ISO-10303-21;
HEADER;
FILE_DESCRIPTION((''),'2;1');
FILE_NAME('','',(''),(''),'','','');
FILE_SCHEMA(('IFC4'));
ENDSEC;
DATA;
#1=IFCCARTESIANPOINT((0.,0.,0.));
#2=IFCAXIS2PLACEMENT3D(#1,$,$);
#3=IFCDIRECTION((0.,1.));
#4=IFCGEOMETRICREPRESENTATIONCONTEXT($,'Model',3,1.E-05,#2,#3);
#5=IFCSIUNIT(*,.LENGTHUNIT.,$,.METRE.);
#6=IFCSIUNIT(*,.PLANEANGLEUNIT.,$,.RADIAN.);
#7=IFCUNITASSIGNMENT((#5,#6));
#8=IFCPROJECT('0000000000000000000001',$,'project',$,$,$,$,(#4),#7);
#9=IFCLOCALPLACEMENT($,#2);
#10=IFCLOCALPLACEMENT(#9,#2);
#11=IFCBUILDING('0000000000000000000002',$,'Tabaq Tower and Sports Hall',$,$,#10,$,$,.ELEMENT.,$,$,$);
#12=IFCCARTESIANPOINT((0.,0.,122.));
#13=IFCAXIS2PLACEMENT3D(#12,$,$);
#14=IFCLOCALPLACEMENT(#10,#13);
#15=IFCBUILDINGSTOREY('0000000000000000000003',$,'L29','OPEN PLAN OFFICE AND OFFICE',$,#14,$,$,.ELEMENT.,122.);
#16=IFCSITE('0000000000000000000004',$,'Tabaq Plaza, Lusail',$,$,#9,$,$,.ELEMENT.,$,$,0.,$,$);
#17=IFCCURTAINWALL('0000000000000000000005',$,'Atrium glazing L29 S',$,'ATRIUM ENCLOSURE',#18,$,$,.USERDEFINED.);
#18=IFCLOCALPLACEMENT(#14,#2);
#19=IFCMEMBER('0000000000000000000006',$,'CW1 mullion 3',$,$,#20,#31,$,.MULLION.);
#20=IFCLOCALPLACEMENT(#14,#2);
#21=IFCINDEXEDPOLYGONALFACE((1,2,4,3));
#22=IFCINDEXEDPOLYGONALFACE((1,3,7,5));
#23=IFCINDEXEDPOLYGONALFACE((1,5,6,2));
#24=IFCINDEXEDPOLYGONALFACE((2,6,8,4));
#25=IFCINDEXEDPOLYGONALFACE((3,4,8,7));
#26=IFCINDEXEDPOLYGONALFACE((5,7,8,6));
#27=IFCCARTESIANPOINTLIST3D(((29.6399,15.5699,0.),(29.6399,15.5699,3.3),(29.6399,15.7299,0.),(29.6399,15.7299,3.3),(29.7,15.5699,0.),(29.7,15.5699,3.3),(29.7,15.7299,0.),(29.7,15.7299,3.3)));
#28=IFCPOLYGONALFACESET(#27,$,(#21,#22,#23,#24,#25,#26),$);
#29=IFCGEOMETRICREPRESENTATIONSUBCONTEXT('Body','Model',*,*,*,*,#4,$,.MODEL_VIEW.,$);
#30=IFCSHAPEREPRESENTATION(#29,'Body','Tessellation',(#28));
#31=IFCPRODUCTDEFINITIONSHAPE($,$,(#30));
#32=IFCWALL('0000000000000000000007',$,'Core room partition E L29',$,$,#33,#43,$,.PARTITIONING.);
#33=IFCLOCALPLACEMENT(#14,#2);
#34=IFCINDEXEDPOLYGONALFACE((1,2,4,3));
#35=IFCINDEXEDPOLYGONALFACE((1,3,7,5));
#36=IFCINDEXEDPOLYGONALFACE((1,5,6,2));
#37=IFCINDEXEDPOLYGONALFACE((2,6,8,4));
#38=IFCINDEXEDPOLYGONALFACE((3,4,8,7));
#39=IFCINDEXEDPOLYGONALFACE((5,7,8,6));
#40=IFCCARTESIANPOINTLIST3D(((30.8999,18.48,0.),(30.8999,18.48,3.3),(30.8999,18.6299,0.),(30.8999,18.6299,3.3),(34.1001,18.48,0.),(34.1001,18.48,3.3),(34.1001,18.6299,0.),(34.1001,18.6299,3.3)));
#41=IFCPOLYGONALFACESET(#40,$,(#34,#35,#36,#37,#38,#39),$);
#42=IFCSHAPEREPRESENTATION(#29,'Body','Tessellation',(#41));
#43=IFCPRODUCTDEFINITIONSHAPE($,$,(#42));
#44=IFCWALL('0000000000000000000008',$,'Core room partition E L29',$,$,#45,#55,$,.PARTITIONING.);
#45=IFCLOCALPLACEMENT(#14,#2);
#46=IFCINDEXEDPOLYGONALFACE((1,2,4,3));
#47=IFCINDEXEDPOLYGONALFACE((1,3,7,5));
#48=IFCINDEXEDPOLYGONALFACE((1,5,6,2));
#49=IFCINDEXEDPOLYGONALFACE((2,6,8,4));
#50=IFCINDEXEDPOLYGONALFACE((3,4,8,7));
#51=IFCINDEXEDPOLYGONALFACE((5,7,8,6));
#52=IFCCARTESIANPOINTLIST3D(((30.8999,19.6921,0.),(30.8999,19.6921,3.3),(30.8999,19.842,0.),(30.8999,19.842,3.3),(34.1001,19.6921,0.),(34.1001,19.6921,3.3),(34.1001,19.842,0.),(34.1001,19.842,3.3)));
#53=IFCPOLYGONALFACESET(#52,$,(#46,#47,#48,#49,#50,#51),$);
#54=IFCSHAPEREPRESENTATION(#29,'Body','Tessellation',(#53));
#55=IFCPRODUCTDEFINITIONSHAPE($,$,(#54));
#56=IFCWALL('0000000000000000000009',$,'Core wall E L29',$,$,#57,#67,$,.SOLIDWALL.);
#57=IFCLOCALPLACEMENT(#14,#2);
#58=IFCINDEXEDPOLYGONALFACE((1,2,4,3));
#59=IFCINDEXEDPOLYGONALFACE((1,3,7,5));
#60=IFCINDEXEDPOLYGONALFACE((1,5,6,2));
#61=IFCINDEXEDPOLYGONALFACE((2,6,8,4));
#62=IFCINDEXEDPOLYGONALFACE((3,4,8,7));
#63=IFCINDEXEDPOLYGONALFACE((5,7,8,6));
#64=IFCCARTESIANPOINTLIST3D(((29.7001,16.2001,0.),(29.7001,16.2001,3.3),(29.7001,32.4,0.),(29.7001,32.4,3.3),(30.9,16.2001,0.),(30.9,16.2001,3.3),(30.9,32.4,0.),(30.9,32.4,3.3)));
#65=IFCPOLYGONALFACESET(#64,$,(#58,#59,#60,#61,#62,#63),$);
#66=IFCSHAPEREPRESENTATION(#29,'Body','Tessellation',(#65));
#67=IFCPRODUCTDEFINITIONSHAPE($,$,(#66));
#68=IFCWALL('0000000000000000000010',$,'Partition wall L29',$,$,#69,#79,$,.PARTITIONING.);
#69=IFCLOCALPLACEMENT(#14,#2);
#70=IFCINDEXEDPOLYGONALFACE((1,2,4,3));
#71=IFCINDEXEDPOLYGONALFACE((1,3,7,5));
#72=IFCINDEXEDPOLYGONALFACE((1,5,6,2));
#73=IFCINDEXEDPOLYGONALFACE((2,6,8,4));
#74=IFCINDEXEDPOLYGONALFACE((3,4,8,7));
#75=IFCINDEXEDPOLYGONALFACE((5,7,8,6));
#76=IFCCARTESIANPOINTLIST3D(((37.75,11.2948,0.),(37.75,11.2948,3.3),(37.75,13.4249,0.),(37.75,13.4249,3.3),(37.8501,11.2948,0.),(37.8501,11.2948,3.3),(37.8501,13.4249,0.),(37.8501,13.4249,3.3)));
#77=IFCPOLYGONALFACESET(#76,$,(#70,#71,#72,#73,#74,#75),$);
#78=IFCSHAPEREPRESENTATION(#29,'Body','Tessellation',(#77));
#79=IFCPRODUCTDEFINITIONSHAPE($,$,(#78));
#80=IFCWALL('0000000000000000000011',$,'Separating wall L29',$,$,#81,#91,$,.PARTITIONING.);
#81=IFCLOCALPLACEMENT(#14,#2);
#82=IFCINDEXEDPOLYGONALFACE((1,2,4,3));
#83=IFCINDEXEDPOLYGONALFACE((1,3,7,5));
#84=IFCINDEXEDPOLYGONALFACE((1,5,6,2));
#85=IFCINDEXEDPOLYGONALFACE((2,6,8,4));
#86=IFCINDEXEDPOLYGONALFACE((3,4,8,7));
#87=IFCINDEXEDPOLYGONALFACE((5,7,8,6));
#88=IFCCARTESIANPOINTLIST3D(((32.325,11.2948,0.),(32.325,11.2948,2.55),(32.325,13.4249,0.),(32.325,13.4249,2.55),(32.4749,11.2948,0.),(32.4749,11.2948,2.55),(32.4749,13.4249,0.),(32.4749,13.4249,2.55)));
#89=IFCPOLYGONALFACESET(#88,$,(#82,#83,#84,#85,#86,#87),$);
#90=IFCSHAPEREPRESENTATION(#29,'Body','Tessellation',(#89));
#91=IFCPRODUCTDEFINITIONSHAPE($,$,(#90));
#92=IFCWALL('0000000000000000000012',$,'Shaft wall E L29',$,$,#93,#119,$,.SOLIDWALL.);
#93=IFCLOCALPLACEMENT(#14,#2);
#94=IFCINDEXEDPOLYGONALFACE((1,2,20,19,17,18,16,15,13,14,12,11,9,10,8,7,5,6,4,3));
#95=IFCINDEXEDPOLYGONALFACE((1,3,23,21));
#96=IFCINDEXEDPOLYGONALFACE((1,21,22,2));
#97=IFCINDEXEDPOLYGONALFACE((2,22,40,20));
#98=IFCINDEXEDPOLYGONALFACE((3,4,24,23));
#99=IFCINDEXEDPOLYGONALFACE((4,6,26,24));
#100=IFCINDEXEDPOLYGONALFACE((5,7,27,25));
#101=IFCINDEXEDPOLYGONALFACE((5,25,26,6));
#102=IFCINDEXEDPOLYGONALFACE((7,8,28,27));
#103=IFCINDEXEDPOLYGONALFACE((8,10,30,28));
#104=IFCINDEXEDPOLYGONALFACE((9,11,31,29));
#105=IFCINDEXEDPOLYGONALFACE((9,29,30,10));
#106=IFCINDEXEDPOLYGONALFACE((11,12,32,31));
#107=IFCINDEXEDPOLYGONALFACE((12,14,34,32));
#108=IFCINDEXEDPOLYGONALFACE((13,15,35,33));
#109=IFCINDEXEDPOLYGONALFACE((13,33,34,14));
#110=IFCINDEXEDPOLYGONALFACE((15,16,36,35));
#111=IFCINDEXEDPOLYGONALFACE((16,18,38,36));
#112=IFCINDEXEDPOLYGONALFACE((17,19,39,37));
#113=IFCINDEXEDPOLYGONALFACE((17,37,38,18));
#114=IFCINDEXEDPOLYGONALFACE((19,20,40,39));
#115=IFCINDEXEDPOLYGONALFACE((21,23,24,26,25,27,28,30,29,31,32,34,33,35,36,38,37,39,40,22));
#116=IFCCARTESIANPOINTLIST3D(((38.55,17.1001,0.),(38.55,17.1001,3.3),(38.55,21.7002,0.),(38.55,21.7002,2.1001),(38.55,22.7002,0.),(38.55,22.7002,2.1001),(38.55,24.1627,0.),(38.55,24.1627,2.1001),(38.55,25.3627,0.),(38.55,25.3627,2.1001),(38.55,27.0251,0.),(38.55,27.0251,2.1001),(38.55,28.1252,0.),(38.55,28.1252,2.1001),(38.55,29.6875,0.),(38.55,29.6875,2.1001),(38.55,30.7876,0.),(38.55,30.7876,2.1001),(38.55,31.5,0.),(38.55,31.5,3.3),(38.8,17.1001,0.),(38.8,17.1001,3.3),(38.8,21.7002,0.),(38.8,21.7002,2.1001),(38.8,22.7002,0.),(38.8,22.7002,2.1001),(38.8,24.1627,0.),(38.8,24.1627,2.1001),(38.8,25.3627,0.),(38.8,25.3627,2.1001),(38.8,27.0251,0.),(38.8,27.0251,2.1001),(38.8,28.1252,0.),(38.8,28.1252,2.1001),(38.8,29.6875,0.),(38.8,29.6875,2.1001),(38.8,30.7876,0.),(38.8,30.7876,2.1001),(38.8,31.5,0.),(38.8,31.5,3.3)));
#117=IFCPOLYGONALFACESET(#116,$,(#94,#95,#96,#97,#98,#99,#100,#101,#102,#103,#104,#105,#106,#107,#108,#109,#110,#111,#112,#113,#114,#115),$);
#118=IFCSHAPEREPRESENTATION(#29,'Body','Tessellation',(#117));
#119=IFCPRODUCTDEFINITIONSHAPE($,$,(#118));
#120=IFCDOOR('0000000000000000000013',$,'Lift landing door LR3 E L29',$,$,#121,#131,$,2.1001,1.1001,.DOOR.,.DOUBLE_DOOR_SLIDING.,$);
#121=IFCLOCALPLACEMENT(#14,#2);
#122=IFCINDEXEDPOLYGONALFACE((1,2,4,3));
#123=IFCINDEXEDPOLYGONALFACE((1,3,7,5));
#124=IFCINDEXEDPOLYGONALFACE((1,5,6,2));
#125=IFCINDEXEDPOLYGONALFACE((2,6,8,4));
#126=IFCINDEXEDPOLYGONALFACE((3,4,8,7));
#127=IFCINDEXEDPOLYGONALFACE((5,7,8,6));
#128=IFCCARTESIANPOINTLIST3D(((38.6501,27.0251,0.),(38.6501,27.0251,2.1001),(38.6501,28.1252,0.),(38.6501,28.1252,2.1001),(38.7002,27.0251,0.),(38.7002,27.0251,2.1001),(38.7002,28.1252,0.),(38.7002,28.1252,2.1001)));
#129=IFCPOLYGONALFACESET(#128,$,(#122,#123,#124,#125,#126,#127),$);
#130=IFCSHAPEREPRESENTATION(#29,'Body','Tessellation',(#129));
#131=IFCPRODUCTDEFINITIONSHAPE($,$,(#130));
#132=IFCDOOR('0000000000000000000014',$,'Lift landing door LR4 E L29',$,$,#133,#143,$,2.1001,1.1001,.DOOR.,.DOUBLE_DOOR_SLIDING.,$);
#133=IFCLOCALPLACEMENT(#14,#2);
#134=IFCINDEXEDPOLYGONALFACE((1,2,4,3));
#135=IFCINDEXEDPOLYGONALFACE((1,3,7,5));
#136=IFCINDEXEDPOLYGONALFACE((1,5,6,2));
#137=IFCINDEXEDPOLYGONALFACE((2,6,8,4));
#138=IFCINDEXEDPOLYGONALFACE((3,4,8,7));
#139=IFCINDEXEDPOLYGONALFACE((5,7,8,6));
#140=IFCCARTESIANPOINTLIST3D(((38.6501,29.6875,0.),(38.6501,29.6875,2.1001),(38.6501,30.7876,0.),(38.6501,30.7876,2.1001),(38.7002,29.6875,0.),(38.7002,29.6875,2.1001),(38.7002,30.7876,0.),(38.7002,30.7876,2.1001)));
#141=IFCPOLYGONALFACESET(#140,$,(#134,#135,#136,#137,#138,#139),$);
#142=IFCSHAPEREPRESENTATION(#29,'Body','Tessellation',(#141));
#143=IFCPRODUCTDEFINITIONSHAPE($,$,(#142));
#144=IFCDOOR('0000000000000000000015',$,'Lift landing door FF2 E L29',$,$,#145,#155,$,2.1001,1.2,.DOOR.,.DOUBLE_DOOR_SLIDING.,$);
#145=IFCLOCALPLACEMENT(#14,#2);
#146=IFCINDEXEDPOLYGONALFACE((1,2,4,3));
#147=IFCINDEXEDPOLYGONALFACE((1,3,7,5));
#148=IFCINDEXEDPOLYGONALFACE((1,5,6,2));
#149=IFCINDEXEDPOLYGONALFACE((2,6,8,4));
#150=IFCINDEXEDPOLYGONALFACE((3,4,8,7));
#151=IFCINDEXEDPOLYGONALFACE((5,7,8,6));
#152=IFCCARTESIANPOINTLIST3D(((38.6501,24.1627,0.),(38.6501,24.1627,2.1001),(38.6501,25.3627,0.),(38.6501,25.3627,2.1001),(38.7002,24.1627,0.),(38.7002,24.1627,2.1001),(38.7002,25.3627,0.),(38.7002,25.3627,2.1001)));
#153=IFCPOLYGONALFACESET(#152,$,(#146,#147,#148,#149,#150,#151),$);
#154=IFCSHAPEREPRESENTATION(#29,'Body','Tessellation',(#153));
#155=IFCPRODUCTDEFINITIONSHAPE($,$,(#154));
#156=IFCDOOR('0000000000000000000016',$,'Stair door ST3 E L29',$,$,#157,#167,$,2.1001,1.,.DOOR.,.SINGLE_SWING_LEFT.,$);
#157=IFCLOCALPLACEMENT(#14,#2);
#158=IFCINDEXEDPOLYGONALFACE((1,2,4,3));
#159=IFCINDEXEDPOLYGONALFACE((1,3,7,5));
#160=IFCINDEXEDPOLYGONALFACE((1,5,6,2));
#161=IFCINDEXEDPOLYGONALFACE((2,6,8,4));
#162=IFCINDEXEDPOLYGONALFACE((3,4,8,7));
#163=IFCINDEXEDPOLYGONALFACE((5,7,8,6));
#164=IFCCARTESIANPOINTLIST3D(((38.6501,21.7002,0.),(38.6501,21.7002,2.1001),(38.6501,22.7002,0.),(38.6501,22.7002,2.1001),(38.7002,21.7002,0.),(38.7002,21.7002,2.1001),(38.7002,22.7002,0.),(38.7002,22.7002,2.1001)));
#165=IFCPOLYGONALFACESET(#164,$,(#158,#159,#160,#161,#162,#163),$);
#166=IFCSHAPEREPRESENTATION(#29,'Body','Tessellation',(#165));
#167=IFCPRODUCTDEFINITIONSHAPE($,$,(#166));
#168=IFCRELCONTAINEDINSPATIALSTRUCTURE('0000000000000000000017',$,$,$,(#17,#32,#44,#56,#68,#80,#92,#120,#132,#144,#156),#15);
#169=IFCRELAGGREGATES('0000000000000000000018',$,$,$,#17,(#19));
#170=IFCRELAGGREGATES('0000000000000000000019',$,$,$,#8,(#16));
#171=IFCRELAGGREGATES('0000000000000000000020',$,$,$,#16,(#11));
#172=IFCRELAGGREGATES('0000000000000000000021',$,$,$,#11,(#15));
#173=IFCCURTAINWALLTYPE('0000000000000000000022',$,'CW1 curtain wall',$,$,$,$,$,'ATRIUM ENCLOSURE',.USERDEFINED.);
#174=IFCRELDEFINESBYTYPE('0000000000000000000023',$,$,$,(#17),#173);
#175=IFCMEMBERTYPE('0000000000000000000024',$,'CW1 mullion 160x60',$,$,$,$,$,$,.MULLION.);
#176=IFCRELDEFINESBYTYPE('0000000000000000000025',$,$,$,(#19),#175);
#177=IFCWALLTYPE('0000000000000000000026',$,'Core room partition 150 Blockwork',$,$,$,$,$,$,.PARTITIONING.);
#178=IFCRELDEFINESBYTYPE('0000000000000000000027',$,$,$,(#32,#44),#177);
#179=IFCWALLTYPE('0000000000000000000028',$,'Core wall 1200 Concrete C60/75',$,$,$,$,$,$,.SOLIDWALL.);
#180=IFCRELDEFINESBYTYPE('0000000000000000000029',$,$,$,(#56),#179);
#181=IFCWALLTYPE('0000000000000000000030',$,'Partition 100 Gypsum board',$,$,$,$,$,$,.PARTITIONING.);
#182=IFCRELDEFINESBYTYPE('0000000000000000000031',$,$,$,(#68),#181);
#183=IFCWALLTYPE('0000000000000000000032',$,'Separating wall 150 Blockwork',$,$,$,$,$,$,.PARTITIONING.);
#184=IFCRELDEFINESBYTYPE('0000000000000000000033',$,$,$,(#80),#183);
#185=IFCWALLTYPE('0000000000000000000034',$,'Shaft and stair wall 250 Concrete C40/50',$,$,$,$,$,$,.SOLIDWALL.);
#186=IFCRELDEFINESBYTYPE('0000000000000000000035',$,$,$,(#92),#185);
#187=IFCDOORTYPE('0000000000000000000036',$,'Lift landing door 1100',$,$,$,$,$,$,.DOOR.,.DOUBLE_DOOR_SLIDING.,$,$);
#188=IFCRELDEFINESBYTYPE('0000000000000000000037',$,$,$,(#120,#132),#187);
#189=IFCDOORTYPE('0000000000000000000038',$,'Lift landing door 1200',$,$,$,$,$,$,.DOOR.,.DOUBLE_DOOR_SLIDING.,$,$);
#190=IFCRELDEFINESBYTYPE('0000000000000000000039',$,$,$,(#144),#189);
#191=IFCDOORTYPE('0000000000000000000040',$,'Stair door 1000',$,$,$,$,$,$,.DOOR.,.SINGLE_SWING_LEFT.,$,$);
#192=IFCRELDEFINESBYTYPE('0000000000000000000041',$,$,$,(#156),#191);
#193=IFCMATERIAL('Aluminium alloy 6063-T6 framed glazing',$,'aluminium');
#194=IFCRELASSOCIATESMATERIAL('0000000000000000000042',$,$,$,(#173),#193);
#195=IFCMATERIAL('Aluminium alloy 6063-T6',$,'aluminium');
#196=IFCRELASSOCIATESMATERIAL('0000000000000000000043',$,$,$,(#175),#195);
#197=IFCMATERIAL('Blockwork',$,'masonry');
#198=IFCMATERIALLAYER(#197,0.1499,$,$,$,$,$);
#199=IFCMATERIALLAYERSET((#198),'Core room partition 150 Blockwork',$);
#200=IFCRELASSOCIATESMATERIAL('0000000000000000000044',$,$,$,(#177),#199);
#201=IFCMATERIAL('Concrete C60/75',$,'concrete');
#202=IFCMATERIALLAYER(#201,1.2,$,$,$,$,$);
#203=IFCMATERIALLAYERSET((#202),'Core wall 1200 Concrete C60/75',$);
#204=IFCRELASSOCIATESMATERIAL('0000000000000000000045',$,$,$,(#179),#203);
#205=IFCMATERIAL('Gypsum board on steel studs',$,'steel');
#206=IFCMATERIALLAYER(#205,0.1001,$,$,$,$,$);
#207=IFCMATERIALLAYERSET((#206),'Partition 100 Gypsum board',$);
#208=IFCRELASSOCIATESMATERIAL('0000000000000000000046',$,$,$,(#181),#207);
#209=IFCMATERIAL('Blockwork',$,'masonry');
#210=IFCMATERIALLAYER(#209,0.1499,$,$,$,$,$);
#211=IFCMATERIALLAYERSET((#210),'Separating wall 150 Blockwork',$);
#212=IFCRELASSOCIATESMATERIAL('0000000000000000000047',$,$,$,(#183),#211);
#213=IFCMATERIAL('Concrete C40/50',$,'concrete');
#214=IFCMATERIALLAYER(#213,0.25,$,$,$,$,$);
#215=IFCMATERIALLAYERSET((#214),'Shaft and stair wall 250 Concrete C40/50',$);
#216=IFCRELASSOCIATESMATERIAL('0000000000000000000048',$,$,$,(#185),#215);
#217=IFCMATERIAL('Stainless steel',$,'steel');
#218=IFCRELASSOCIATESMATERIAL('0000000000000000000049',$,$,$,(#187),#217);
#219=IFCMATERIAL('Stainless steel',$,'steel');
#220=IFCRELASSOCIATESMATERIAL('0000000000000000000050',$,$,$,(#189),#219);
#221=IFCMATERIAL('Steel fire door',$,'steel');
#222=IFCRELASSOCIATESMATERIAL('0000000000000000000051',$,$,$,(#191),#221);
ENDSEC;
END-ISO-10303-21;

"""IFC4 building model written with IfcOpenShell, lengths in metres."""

from ifc_helpers import new_model, si_unit, direction, frame, frame_2d, origin, origin_2d, place, context, subcontext, project, spatial, rectangle, extrude, material, layer, layer_set, material_profile, profile_set, type_object, element, fill, aggregate, save


model = new_model("IFC4")

# Units and contexts
model_context = context("Model", 3, precision=1e-05, world=origin(), true_north=direction((0.0, 1.0)))
body_context = subcontext(model_context, "Body", "Model", "MODEL_VIEW")
ifc_project = project(units=[si_unit("LENGTHUNIT", "METRE"), si_unit("PLANEANGLEUNIT", "RADIAN")], contexts=[model_context])

# Site, building, storey
site_placement = place(None, origin())
site = spatial("IfcSite", under=ifc_project, at=site_placement, Name="Tabaq Plaza, Lusail", CompositionType="ELEMENT", RefElevation=0.0)
building_placement = place(site_placement, origin())
building = spatial("IfcBuilding", under=site, at=building_placement, Name="Tabaq Tower and Sports Hall", CompositionType="ELEMENT")
storey_placement = place(building_placement, frame((0.0, 0.0, 122.0)))
storey = spatial("IfcBuildingStorey", under=building, at=storey_placement, Name="L29", Description="OPEN PLAN OFFICE AND OFFICE", CompositionType="ELEMENT", Elevation=122.0)

# Curtain wall, member
ifc_material_1 = material(Name="Aluminium alloy 6063-T6 framed glazing", Category="aluminium")
curtain_wall_type = type_object("IfcCurtainWallType", Name="CW1 curtain wall", ElementType="ATRIUM ENCLOSURE", PredefinedType="USERDEFINED", material=ifc_material_1)
curtain_wall_placement = place(storey_placement, origin())
curtain_wall = element("IfcCurtainWall", 1, at=curtain_wall_placement, inside=storey, type_object=curtain_wall_type, Name="Atrium glazing L29 S", ObjectType="ATRIUM ENCLOSURE", PredefinedType="USERDEFINED")
ifc_material_2 = material(Name="Aluminium alloy 6063-T6", Category="aluminium")
ifc_material_profile = material_profile(ifc_material_2, rectangle(XDim=0.1599, YDim=0.0601, at=origin_2d()), Name="MULLION 160x60")
ifc_profile_set = profile_set([ifc_material_profile], Name="Aluminium alloy 6063-T6")
member_type = type_object("IfcMemberType", Name="CW1 mullion 160x60", PredefinedType="MULLION", material=ifc_profile_set)
member_placement = place(storey_placement, frame((29.6699, 15.6499, 0.0), z_axis=(0.0, 0.0, 1.0), x_axis=(0.0, 1.0, 0.0)))
member = element("IfcMember", 2, at=member_placement, type_object=member_type, Name="CW1 mullion 3", PredefinedType="MULLION", context=body_context, shape_type="SweptSolid", body=[
    extrude(rectangle(XDim=0.1599, YDim=0.0601, at=origin_2d()), origin(), (0.0, 0.0, 1.0), 3.3),
])
aggregate(curtain_wall, [member])

# Walls
ifc_material_3 = material(Name="Blockwork", Category="masonry")
ifc_layer_1 = layer(ifc_material_3, 0.1499)
ifc_layer_set_1 = layer_set([ifc_layer_1], Name="Core room partition 150 Blockwork")
wall_type_1 = type_object("IfcWallType", Name="Core room partition 150 Blockwork", PredefinedType="PARTITIONING", material=ifc_layer_set_1)
for number, where, z_axis, x_axis, name in (
    (3, (30.8999, 18.5549, 0.0), (0.0, 0.0, 1.0), (1.0, 0.0, 0.0), "Core room partition E L29"),
    (4, (30.8999, 19.7671, 0.0), (0.0, 0.0, 1.0), (1.0, 0.0, 0.0), "Core room partition E L29"),
):
    element("IfcWall", number, at=place(storey_placement, frame(where, z_axis=z_axis, x_axis=x_axis)), inside=storey, type_object=wall_type_1, Name=name, PredefinedType="PARTITIONING", context=body_context, shape_type="SweptSolid", body=[
        extrude(rectangle(XDim=3.2002, YDim=0.1499, at=frame_2d((1.6001, 0.0))), origin(), (0.0, 0.0, 1.0), 3.3),
    ])
ifc_material_4 = material(Name="Concrete C60/75", Category="concrete")
ifc_layer_2 = layer(ifc_material_4, 1.2)
ifc_layer_set_2 = layer_set([ifc_layer_2], Name="Core wall 1200 Concrete C60/75")
wall_type_2 = type_object("IfcWallType", Name="Core wall 1200 Concrete C60/75", PredefinedType="SOLIDWALL", material=ifc_layer_set_2)
wall_1_placement = place(storey_placement, frame((30.3, 16.2, 0.0), z_axis=(0.0, 0.0, 1.0), x_axis=(0.0, 1.0, 0.0)))
element("IfcWall", 5, at=wall_1_placement, inside=storey, type_object=wall_type_2, Name="Core wall E L29", PredefinedType="SOLIDWALL", context=body_context, shape_type="SweptSolid", body=[
    extrude(rectangle(XDim=16.2, YDim=1.2, at=frame_2d((8.1001, 0.0))), origin(), (0.0, 0.0, 1.0), 3.3),
])

# Walls
ifc_material_5 = material(Name="Gypsum board on steel studs", Category="steel")
ifc_layer_3 = layer(ifc_material_5, 0.1001)
ifc_layer_set_3 = layer_set([ifc_layer_3], Name="Partition 100 Gypsum board")
wall_type_3 = type_object("IfcWallType", Name="Partition 100 Gypsum board", PredefinedType="PARTITIONING", material=ifc_layer_set_3)
wall_2_placement = place(storey_placement, frame((37.8, 11.2949, 0.0), z_axis=(0.0, 0.0, 1.0), x_axis=(0.0, 1.0, 0.0)))
element("IfcWall", 6, at=wall_2_placement, inside=storey, type_object=wall_type_3, Name="Partition wall L29", PredefinedType="PARTITIONING", context=body_context, shape_type="SweptSolid", body=[
    extrude(rectangle(XDim=2.1301, YDim=0.1001, at=frame_2d((1.0649, 0.0))), origin(), (0.0, 0.0, 1.0), 3.3),
])
ifc_material_6 = material(Name="Blockwork", Category="masonry")
ifc_layer_4 = layer(ifc_material_6, 0.1499)
ifc_layer_set_4 = layer_set([ifc_layer_4], Name="Separating wall 150 Blockwork")
wall_type_4 = type_object("IfcWallType", Name="Separating wall 150 Blockwork", PredefinedType="PARTITIONING", material=ifc_layer_set_4)
wall_3_placement = place(storey_placement, frame((32.3999, 11.2949, 0.0), z_axis=(0.0, 0.0, 1.0), x_axis=(0.0, 1.0, 0.0)))
element("IfcWall", 7, at=wall_3_placement, inside=storey, type_object=wall_type_4, Name="Separating wall L29", PredefinedType="PARTITIONING", context=body_context, shape_type="SweptSolid", body=[
    extrude(rectangle(XDim=2.1301, YDim=0.1499, at=frame_2d((1.0649, 0.0))), origin(), (0.0, 0.0, 1.0), 2.55),
])

# Wall, openings, doors
ifc_material_7 = material(Name="Concrete C40/50", Category="concrete")
ifc_layer_5 = layer(ifc_material_7, 0.25)
ifc_layer_set_5 = layer_set([ifc_layer_5], Name="Shaft and stair wall 250 Concrete C40/50")
wall_type_5 = type_object("IfcWallType", Name="Shaft and stair wall 250 Concrete C40/50", PredefinedType="SOLIDWALL", material=ifc_layer_set_5)
wall_4_placement = place(storey_placement, frame((38.675, 17.1001, 0.0), z_axis=(0.0, 0.0, 1.0), x_axis=(0.0, 1.0, 0.0)))
wall_4 = element("IfcWall", 8, at=wall_4_placement, inside=storey, type_object=wall_type_5, Name="Shaft wall E L29", PredefinedType="SOLIDWALL", context=body_context, shape_type="SweptSolid", body=[
    extrude(rectangle(XDim=14.3999, YDim=0.25, at=frame_2d((7.2, 0.0))), origin(), (0.0, 0.0, 1.0), 3.3),
])
opening_1_placement = place(wall_4_placement, frame((4.6001, 0.0, 0.0)))
opening_1 = element("IfcOpeningElement", 9, at=opening_1_placement, cuts=wall_4, PredefinedType="OPENING", context=body_context, shape_type="SweptSolid", body=[
    extrude(rectangle(XDim=1.0, YDim=2.1001, at=frame_2d((0.5, 1.05))), frame((0.0, 0.125, 0.0), z_axis=(0.0, -1.0, 0.0), x_axis=(1.0, 0.0, 0.0)), (0.0, 0.0, 1.0), 0.25),
])
opening_2_placement = place(wall_4_placement, frame((7.0625, 0.0, 0.0)))
opening_2 = element("IfcOpeningElement", 10, at=opening_2_placement, cuts=wall_4, PredefinedType="OPENING", context=body_context, shape_type="SweptSolid", body=[
    extrude(rectangle(XDim=1.2, YDim=2.1001, at=frame_2d((0.6001, 1.05))), frame((0.0, 0.125, 0.0), z_axis=(0.0, -1.0, 0.0), x_axis=(1.0, 0.0, 0.0)), (0.0, 0.0, 1.0), 0.25),
])
opening_3_placement = place(wall_4_placement, frame((9.925, 0.0, 0.0)))
opening_3 = element("IfcOpeningElement", 11, at=opening_3_placement, cuts=wall_4, PredefinedType="OPENING", context=body_context, shape_type="SweptSolid", body=[
    extrude(rectangle(XDim=1.1001, YDim=2.1001, at=frame_2d((0.55, 1.05))), frame((0.0, 0.125, 0.0), z_axis=(0.0, -1.0, 0.0), x_axis=(1.0, 0.0, 0.0)), (0.0, 0.0, 1.0), 0.25),
])
opening_4_placement = place(wall_4_placement, frame((12.5874, 0.0, 0.0)))
opening_4 = element("IfcOpeningElement", 12, at=opening_4_placement, cuts=wall_4, PredefinedType="OPENING", context=body_context, shape_type="SweptSolid", body=[
    extrude(rectangle(XDim=1.1001, YDim=2.1001, at=frame_2d((0.55, 1.05))), frame((0.0, 0.125, 0.0), z_axis=(0.0, -1.0, 0.0), x_axis=(1.0, 0.0, 0.0)), (0.0, 0.0, 1.0), 0.25),
])
ifc_material_8 = material(Name="Stainless steel", Category="steel")
door_type_1 = type_object("IfcDoorType", Name="Lift landing door 1100", OperationType="DOUBLE_DOOR_SLIDING", PredefinedType="DOOR", material=ifc_material_8)
door_1_placement = place(opening_3_placement, origin())
door_1 = element("IfcDoor", 13, at=door_1_placement, inside=storey, type_object=door_type_1, Name="Lift landing door LR3 E L29", OperationType="DOUBLE_DOOR_SLIDING", OverallHeight=2.1001, OverallWidth=1.1001, PredefinedType="DOOR", context=body_context, shape_type="SweptSolid", body=[
    extrude(rectangle(XDim=1.1001, YDim=2.1001, at=frame_2d((0.55, 1.05))), frame((0.0, 0.0249, 0.0), z_axis=(0.0, -1.0, 0.0), x_axis=(1.0, 0.0, 0.0)), (0.0, 0.0, 1.0), 0.05),
])
fill(opening_3, door_1)
door_2_placement = place(opening_4_placement, origin())
door_2 = element("IfcDoor", 14, at=door_2_placement, inside=storey, type_object=door_type_1, Name="Lift landing door LR4 E L29", OperationType="DOUBLE_DOOR_SLIDING", OverallHeight=2.1001, OverallWidth=1.1001, PredefinedType="DOOR", context=body_context, shape_type="SweptSolid", body=[
    extrude(rectangle(XDim=1.1001, YDim=2.1001, at=frame_2d((0.55, 1.05))), frame((0.0, 0.0249, 0.0), z_axis=(0.0, -1.0, 0.0), x_axis=(1.0, 0.0, 0.0)), (0.0, 0.0, 1.0), 0.05),
])
fill(opening_4, door_2)
ifc_material_9 = material(Name="Stainless steel", Category="steel")
door_type_2 = type_object("IfcDoorType", Name="Lift landing door 1200", OperationType="DOUBLE_DOOR_SLIDING", PredefinedType="DOOR", material=ifc_material_9)
door_3_placement = place(opening_2_placement, origin())
door_3 = element("IfcDoor", 15, at=door_3_placement, inside=storey, type_object=door_type_2, Name="Lift landing door FF2 E L29", OperationType="DOUBLE_DOOR_SLIDING", OverallHeight=2.1001, OverallWidth=1.2, PredefinedType="DOOR", context=body_context, shape_type="SweptSolid", body=[
    extrude(rectangle(XDim=1.2, YDim=2.1001, at=frame_2d((0.6001, 1.05))), frame((0.0, 0.0249, 0.0), z_axis=(0.0, -1.0, 0.0), x_axis=(1.0, 0.0, 0.0)), (0.0, 0.0, 1.0), 0.05),
])
fill(opening_2, door_3)
ifc_material_10 = material(Name="Steel fire door", Category="steel")
door_type_3 = type_object("IfcDoorType", Name="Stair door 1000", OperationType="SINGLE_SWING_LEFT", PredefinedType="DOOR", material=ifc_material_10)
door_4_placement = place(opening_1_placement, origin())
door_4 = element("IfcDoor", 16, at=door_4_placement, inside=storey, type_object=door_type_3, Name="Stair door ST3 E L29", OperationType="SINGLE_SWING_LEFT", OverallHeight=2.1001, OverallWidth=1.0, PredefinedType="DOOR", context=body_context, shape_type="SweptSolid", body=[
    extrude(rectangle(XDim=1.0, YDim=2.1001, at=frame_2d((0.5, 1.05))), frame((0.0, 0.0249, 0.0), z_axis=(0.0, -1.0, 0.0), x_axis=(1.0, 0.0, 0.0)), (0.0, 0.0, 1.0), 0.05),
])
fill(opening_1, door_4)

save(model, "model.ifc")
